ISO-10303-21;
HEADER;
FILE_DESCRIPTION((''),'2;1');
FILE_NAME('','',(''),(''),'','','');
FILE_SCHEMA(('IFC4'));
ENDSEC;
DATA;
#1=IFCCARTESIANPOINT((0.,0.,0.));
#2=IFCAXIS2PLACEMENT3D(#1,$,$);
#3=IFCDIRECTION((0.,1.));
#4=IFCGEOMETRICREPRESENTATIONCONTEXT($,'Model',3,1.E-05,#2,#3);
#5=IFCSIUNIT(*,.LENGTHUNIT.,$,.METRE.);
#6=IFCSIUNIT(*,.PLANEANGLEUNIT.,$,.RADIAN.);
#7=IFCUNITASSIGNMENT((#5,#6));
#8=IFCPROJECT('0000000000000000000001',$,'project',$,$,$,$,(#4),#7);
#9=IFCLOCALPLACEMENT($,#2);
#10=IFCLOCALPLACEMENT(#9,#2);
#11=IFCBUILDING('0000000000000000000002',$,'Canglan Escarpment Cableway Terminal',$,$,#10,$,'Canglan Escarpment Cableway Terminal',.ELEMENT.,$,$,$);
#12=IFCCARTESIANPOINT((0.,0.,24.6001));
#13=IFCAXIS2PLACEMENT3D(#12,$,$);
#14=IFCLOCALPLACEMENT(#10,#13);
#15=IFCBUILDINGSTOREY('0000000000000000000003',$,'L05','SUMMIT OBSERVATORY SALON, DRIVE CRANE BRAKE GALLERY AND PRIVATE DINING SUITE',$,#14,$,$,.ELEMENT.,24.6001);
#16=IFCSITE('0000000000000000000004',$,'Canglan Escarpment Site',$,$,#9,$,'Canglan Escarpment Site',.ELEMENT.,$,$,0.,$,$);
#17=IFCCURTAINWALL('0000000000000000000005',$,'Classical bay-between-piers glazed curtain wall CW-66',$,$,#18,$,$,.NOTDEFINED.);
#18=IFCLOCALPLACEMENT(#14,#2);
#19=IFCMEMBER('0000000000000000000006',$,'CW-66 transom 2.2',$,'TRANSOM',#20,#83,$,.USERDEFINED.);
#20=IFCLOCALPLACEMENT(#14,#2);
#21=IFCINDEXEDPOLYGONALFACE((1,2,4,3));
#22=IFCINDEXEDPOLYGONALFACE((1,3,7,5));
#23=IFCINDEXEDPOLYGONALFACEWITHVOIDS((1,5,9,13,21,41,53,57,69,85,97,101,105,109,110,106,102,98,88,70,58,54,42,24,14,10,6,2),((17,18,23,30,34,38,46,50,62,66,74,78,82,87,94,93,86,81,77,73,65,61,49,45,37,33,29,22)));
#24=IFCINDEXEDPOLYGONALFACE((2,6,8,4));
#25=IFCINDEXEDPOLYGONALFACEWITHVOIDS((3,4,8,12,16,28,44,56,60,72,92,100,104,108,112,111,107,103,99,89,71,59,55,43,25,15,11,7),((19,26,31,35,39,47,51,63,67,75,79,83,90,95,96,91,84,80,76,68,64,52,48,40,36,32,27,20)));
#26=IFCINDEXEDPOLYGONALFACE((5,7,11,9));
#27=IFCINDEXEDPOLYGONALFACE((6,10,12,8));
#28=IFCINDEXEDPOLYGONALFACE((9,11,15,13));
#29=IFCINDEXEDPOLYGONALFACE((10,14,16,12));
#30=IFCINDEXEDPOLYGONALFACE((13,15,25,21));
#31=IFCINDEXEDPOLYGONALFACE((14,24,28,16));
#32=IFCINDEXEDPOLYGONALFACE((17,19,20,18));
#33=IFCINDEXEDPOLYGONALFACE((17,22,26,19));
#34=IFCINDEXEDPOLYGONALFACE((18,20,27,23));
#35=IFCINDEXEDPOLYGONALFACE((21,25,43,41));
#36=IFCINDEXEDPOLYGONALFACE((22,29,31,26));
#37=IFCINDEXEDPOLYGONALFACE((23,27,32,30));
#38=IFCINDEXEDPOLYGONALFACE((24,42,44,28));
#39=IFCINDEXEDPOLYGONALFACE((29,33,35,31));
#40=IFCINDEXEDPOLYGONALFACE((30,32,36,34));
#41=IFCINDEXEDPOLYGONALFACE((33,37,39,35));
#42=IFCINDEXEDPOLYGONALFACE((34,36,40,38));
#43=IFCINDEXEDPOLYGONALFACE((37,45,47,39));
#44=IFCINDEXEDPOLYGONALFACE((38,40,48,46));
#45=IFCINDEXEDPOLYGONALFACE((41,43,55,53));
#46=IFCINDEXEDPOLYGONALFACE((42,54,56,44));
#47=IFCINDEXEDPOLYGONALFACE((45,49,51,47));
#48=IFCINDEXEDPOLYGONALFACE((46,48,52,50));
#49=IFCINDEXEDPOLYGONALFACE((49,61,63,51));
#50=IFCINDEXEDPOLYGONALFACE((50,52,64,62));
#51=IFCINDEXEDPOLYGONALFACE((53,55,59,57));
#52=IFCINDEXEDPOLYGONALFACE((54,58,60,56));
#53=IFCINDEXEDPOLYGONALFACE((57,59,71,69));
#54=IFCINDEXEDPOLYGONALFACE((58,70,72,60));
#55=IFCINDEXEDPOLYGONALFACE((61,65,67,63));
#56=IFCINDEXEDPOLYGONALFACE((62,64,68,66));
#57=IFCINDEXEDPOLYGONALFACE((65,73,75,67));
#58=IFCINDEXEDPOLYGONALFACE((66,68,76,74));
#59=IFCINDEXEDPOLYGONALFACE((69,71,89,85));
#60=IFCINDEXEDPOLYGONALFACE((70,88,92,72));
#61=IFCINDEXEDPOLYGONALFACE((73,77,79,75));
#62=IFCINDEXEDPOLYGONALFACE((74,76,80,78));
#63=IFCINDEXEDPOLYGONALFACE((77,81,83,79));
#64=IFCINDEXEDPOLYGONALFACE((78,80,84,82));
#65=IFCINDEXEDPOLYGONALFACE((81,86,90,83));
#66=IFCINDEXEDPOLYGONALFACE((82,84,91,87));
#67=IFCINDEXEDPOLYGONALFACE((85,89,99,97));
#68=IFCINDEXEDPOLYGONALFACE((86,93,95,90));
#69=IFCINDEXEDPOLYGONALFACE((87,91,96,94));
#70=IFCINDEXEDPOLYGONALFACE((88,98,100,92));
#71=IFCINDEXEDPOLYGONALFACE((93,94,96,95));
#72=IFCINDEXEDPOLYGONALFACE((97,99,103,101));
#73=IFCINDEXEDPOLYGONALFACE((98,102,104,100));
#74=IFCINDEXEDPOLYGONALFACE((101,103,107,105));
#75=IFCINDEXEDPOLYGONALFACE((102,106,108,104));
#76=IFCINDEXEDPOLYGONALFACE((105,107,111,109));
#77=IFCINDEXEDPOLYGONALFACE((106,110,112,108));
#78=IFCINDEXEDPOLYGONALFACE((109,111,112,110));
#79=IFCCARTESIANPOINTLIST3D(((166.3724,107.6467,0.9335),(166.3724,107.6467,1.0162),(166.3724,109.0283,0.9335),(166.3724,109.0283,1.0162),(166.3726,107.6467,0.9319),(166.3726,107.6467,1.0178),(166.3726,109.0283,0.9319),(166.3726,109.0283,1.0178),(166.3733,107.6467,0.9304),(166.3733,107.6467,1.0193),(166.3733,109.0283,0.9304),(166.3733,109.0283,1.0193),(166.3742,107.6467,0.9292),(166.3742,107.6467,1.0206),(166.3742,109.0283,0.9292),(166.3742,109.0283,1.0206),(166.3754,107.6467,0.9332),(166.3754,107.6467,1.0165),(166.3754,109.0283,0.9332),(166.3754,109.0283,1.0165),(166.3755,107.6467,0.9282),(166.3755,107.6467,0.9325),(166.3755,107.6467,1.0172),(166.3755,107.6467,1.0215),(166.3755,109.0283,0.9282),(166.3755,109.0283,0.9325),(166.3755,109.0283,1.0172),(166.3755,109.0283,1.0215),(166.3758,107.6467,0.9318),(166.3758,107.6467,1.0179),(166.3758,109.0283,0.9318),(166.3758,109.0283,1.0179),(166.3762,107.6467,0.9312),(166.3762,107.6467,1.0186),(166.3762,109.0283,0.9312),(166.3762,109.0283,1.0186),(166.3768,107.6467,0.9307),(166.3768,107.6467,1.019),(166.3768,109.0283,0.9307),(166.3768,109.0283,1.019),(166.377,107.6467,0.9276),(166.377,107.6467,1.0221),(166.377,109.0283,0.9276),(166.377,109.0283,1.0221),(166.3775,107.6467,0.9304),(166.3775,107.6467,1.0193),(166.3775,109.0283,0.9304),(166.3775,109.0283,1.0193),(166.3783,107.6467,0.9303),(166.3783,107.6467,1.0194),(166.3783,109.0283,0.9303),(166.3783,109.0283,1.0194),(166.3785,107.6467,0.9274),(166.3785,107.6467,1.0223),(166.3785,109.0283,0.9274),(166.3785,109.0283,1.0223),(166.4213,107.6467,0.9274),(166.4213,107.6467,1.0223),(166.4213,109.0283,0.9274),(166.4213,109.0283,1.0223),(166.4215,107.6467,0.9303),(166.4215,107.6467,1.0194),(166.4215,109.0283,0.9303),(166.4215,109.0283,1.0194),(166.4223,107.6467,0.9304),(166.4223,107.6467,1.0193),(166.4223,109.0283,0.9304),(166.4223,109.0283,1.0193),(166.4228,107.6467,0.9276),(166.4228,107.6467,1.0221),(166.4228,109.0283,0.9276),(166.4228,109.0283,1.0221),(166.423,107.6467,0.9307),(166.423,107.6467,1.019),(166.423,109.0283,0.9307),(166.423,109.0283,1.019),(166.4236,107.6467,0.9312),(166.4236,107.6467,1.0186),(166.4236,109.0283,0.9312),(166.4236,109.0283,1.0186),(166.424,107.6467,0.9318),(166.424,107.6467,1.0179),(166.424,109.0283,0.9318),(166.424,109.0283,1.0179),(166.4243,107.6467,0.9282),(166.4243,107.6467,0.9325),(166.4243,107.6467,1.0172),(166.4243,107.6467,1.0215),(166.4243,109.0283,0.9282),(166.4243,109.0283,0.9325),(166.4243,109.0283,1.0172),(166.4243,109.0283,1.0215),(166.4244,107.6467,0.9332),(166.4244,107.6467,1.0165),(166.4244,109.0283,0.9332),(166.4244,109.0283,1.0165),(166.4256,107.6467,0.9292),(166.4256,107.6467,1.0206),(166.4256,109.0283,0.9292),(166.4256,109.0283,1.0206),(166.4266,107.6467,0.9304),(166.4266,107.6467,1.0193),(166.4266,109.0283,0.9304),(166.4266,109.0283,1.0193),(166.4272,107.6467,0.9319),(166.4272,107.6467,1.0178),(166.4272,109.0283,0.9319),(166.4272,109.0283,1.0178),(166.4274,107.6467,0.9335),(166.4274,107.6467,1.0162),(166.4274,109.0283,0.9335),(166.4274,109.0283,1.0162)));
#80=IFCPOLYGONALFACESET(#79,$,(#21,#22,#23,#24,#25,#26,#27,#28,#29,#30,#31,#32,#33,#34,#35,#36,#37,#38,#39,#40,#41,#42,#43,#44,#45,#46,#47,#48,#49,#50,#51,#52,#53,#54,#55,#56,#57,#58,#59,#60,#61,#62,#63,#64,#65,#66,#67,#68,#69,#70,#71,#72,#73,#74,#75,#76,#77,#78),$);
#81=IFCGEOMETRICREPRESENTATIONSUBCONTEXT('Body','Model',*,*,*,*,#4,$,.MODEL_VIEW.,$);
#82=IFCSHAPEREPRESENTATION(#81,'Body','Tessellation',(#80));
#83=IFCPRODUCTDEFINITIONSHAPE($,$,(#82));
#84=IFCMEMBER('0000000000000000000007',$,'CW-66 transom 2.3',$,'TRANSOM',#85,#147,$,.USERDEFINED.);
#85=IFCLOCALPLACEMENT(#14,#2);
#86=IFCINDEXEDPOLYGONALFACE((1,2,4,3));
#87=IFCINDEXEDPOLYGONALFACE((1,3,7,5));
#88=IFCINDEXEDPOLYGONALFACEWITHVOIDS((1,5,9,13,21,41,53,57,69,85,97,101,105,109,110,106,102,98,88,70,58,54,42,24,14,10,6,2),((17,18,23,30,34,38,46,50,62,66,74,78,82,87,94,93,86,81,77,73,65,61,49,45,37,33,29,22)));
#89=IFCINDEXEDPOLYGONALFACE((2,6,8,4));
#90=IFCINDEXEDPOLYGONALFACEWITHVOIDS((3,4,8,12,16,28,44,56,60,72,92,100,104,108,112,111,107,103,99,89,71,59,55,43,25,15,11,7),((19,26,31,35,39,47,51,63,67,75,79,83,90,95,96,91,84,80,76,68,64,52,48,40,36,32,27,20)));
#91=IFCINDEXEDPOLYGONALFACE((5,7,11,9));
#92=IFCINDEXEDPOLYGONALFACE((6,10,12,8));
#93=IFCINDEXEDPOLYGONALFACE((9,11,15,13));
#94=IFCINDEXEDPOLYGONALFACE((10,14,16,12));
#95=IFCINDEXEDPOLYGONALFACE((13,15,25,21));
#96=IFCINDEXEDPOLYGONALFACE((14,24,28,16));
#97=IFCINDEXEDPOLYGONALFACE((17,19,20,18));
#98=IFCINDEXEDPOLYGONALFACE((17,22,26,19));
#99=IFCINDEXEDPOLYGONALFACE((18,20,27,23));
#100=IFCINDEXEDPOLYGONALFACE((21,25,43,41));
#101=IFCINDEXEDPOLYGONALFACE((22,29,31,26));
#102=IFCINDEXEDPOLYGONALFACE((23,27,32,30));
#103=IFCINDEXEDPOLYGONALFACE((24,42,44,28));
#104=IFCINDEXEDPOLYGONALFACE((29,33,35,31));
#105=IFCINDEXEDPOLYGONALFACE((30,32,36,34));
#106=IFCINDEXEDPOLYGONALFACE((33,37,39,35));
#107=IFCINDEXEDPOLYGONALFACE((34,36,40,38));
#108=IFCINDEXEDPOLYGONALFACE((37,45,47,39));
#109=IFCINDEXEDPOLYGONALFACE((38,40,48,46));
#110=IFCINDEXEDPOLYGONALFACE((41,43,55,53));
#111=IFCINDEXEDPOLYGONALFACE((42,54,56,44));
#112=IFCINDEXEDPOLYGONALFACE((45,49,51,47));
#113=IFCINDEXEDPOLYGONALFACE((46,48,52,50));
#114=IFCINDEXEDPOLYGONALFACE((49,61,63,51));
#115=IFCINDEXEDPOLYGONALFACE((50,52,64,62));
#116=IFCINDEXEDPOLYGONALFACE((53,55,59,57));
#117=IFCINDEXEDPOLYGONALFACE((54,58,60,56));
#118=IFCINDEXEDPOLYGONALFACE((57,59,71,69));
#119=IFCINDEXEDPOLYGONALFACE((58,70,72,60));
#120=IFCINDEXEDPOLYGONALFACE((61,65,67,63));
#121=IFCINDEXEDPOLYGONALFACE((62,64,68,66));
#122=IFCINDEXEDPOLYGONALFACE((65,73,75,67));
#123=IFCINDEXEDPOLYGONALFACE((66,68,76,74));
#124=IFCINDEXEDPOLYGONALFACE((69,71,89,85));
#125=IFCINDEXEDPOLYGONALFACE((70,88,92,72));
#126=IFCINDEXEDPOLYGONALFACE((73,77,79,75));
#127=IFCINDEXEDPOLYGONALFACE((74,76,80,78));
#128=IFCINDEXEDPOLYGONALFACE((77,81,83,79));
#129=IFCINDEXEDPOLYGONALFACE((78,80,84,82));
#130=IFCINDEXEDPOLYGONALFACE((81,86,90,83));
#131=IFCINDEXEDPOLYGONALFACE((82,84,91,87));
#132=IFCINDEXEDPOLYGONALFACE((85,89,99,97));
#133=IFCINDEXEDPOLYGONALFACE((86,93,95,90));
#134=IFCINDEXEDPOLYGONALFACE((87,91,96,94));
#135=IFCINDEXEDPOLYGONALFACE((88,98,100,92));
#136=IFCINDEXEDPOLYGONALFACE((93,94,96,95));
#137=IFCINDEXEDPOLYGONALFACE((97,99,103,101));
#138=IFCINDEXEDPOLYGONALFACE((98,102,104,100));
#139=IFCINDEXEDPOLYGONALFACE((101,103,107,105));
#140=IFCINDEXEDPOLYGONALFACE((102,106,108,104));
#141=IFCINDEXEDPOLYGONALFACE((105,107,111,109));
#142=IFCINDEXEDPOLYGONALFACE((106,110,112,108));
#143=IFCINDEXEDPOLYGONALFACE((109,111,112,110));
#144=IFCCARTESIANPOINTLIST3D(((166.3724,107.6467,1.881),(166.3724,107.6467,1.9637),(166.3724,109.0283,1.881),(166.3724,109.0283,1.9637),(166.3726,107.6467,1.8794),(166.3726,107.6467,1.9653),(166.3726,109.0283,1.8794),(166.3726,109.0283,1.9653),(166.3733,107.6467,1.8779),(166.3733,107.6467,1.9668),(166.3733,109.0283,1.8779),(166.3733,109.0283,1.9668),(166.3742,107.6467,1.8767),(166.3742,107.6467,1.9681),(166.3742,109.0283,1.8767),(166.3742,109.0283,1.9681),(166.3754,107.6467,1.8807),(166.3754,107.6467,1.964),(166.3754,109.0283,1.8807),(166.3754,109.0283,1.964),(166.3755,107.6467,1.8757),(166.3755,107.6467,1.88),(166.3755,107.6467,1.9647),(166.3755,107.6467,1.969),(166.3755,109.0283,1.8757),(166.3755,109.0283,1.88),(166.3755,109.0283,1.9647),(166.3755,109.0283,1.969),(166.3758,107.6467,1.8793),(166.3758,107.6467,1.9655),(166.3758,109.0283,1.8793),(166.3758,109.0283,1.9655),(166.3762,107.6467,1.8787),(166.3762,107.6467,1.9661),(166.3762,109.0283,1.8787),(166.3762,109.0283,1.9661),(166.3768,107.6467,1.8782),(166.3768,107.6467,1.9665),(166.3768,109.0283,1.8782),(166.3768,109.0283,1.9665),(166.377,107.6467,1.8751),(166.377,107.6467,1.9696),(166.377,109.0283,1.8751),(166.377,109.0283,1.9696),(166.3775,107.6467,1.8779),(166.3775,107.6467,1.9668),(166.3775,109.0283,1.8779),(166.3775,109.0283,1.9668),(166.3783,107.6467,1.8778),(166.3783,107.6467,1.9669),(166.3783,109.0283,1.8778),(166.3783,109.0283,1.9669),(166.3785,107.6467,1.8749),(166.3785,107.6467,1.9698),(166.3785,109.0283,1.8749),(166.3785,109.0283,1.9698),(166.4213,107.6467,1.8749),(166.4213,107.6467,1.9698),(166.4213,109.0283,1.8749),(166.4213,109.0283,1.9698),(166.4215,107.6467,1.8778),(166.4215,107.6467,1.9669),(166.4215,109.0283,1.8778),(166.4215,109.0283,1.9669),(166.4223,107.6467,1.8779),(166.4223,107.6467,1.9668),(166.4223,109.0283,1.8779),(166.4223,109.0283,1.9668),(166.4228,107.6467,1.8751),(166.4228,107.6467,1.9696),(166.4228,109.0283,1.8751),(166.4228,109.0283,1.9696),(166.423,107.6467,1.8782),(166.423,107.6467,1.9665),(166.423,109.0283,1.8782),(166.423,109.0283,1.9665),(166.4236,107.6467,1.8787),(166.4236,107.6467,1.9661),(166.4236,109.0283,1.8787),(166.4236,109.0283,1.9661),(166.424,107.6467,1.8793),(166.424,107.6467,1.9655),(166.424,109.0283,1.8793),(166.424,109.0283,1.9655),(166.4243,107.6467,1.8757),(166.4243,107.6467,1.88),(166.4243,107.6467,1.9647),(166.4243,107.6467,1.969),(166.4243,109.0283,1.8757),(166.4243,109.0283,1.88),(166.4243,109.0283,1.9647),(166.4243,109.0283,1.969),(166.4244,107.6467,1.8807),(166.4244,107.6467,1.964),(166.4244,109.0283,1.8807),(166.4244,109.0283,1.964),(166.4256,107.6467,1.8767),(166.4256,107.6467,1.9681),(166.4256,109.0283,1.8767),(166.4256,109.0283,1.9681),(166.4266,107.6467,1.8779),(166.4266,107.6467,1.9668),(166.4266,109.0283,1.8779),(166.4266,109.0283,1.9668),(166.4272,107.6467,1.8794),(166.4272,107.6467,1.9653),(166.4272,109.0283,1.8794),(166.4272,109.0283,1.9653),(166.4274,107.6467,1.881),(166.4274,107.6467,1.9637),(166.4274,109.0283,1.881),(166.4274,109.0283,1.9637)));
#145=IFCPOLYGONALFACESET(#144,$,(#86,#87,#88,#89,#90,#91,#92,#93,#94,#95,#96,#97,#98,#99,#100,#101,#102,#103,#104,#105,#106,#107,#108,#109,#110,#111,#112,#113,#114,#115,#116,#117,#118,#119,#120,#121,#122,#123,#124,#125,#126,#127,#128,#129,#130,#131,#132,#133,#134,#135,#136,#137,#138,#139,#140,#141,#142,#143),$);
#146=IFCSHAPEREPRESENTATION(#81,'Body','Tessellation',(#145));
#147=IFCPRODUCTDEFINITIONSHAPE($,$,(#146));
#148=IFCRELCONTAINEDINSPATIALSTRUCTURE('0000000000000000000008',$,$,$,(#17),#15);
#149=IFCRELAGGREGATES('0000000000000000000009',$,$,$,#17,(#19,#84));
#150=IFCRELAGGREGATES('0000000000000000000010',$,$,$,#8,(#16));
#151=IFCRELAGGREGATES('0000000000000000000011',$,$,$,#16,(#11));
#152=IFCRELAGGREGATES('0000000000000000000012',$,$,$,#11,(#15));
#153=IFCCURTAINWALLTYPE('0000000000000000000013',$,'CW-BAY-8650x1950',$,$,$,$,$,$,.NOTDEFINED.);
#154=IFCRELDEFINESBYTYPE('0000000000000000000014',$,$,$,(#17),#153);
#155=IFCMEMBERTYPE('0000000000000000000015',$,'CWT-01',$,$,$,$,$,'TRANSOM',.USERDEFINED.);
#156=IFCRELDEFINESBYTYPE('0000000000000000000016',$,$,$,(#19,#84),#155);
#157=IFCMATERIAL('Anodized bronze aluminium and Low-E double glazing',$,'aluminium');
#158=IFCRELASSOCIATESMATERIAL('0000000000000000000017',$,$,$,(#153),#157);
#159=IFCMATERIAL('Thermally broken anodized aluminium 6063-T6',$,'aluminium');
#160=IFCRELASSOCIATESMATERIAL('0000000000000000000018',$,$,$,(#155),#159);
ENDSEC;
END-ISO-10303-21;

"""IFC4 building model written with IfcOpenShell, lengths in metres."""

from ifc_helpers import new_model, si_unit, direction, frame, origin, origin_2d, place, context, subcontext, project, spatial, hollow_rectangle, extrude, material, material_profile, profile_set, type_object, element, aggregate, save


model = new_model("IFC4")

# Units and contexts
model_context = context("Model", 3, precision=1e-05, world=origin(), true_north=direction((0.0, 1.0)))
body_context = subcontext(model_context, "Body", "Model", "MODEL_VIEW")
ifc_project = project(units=[si_unit("LENGTHUNIT", "METRE"), si_unit("PLANEANGLEUNIT", "RADIAN")], contexts=[model_context])

# Site, building, storey
site_placement = place(None, origin())
site = spatial("IfcSite", under=ifc_project, at=site_placement, Name="Canglan Escarpment Site", LongName="Canglan Escarpment Site", CompositionType="ELEMENT", RefElevation=0.0)
building_placement = place(site_placement, origin())
building = spatial("IfcBuilding", under=site, at=building_placement, Name="Canglan Escarpment Cableway Terminal", LongName="Canglan Escarpment Cableway Terminal", CompositionType="ELEMENT")
storey_placement = place(building_placement, frame((0.0, 0.0, 24.6001)))
storey = spatial("IfcBuildingStorey", under=building, at=storey_placement, Name="L05", Description="SUMMIT OBSERVATORY SALON, DRIVE CRANE BRAKE GALLERY AND PRIVATE DINING SUITE", CompositionType="ELEMENT", Elevation=24.6001)

# Curtain wall
ifc_material_1 = material(Name="Anodized bronze aluminium and Low-E double glazing", Category="aluminium")
curtain_wall_type = type_object("IfcCurtainWallType", Name="CW-BAY-8650x1950", PredefinedType="NOTDEFINED", material=ifc_material_1)
curtain_wall_1_placement = place(storey_placement, origin())
curtain_wall_1 = element("IfcCurtainWall", 1, at=curtain_wall_1_placement, inside=storey, type_object=curtain_wall_type, Name="Classical bay-between-piers glazed curtain wall CW-66", PredefinedType="NOTDEFINED")
ifc_material_2 = material(Name="Thermally broken anodized aluminium 6063-T6", Category="aluminium")

# Members
ifc_material_profile_1 = material_profile(ifc_material_2, hollow_rectangle(XDim=0.0549, YDim=0.095, WallThickness=0.0029, InnerFilletRadius=0.0029, OuterFilletRadius=0.0061, at=origin_2d()), Name="ALU-TRAN 55x95x3")
ifc_profile_set_1 = profile_set([ifc_material_profile_1], Name="Thermally broken anodized aluminium 6063-T6")
member_type_1 = type_object("IfcMemberType", Name="CWT-01", ElementType="TRANSOM", PredefinedType="USERDEFINED", material=ifc_profile_set_1)
member_1_placement = place(storey_placement, frame((166.3999, 107.6467, 0.9749), z_axis=(0.0, 1.0, 0.0), x_axis=(-1.0, 0.0, 0.0)))
member_1 = element("IfcMember", 2, at=member_1_placement, type_object=member_type_1, Name="CW-66 transom 2.2", ObjectType="TRANSOM", PredefinedType="USERDEFINED", context=body_context, shape_type="SweptSolid", body=[
    extrude(hollow_rectangle(XDim=0.0549, YDim=0.095, WallThickness=0.0029, InnerFilletRadius=0.0029, OuterFilletRadius=0.0061, at=origin_2d()), origin(), (0.0, 0.0, 1.0), 1.3816),
])
member_2_placement = place(storey_placement, frame((166.3999, 107.6467, 1.9224), z_axis=(0.0, 1.0, 0.0), x_axis=(-1.0, 0.0, 0.0)))
member_2 = element("IfcMember", 3, at=member_2_placement, type_object=member_type_1, Name="CW-66 transom 2.3", ObjectType="TRANSOM", PredefinedType="USERDEFINED", context=body_context, shape_type="SweptSolid", body=[
    extrude(hollow_rectangle(XDim=0.0549, YDim=0.095, WallThickness=0.0029, InnerFilletRadius=0.0029, OuterFilletRadius=0.0061, at=origin_2d()), origin(), (0.0, 0.0, 1.0), 1.3816),
])

aggregate(curtain_wall_1, [member_1, member_2])

save(model, "model.ifc")
